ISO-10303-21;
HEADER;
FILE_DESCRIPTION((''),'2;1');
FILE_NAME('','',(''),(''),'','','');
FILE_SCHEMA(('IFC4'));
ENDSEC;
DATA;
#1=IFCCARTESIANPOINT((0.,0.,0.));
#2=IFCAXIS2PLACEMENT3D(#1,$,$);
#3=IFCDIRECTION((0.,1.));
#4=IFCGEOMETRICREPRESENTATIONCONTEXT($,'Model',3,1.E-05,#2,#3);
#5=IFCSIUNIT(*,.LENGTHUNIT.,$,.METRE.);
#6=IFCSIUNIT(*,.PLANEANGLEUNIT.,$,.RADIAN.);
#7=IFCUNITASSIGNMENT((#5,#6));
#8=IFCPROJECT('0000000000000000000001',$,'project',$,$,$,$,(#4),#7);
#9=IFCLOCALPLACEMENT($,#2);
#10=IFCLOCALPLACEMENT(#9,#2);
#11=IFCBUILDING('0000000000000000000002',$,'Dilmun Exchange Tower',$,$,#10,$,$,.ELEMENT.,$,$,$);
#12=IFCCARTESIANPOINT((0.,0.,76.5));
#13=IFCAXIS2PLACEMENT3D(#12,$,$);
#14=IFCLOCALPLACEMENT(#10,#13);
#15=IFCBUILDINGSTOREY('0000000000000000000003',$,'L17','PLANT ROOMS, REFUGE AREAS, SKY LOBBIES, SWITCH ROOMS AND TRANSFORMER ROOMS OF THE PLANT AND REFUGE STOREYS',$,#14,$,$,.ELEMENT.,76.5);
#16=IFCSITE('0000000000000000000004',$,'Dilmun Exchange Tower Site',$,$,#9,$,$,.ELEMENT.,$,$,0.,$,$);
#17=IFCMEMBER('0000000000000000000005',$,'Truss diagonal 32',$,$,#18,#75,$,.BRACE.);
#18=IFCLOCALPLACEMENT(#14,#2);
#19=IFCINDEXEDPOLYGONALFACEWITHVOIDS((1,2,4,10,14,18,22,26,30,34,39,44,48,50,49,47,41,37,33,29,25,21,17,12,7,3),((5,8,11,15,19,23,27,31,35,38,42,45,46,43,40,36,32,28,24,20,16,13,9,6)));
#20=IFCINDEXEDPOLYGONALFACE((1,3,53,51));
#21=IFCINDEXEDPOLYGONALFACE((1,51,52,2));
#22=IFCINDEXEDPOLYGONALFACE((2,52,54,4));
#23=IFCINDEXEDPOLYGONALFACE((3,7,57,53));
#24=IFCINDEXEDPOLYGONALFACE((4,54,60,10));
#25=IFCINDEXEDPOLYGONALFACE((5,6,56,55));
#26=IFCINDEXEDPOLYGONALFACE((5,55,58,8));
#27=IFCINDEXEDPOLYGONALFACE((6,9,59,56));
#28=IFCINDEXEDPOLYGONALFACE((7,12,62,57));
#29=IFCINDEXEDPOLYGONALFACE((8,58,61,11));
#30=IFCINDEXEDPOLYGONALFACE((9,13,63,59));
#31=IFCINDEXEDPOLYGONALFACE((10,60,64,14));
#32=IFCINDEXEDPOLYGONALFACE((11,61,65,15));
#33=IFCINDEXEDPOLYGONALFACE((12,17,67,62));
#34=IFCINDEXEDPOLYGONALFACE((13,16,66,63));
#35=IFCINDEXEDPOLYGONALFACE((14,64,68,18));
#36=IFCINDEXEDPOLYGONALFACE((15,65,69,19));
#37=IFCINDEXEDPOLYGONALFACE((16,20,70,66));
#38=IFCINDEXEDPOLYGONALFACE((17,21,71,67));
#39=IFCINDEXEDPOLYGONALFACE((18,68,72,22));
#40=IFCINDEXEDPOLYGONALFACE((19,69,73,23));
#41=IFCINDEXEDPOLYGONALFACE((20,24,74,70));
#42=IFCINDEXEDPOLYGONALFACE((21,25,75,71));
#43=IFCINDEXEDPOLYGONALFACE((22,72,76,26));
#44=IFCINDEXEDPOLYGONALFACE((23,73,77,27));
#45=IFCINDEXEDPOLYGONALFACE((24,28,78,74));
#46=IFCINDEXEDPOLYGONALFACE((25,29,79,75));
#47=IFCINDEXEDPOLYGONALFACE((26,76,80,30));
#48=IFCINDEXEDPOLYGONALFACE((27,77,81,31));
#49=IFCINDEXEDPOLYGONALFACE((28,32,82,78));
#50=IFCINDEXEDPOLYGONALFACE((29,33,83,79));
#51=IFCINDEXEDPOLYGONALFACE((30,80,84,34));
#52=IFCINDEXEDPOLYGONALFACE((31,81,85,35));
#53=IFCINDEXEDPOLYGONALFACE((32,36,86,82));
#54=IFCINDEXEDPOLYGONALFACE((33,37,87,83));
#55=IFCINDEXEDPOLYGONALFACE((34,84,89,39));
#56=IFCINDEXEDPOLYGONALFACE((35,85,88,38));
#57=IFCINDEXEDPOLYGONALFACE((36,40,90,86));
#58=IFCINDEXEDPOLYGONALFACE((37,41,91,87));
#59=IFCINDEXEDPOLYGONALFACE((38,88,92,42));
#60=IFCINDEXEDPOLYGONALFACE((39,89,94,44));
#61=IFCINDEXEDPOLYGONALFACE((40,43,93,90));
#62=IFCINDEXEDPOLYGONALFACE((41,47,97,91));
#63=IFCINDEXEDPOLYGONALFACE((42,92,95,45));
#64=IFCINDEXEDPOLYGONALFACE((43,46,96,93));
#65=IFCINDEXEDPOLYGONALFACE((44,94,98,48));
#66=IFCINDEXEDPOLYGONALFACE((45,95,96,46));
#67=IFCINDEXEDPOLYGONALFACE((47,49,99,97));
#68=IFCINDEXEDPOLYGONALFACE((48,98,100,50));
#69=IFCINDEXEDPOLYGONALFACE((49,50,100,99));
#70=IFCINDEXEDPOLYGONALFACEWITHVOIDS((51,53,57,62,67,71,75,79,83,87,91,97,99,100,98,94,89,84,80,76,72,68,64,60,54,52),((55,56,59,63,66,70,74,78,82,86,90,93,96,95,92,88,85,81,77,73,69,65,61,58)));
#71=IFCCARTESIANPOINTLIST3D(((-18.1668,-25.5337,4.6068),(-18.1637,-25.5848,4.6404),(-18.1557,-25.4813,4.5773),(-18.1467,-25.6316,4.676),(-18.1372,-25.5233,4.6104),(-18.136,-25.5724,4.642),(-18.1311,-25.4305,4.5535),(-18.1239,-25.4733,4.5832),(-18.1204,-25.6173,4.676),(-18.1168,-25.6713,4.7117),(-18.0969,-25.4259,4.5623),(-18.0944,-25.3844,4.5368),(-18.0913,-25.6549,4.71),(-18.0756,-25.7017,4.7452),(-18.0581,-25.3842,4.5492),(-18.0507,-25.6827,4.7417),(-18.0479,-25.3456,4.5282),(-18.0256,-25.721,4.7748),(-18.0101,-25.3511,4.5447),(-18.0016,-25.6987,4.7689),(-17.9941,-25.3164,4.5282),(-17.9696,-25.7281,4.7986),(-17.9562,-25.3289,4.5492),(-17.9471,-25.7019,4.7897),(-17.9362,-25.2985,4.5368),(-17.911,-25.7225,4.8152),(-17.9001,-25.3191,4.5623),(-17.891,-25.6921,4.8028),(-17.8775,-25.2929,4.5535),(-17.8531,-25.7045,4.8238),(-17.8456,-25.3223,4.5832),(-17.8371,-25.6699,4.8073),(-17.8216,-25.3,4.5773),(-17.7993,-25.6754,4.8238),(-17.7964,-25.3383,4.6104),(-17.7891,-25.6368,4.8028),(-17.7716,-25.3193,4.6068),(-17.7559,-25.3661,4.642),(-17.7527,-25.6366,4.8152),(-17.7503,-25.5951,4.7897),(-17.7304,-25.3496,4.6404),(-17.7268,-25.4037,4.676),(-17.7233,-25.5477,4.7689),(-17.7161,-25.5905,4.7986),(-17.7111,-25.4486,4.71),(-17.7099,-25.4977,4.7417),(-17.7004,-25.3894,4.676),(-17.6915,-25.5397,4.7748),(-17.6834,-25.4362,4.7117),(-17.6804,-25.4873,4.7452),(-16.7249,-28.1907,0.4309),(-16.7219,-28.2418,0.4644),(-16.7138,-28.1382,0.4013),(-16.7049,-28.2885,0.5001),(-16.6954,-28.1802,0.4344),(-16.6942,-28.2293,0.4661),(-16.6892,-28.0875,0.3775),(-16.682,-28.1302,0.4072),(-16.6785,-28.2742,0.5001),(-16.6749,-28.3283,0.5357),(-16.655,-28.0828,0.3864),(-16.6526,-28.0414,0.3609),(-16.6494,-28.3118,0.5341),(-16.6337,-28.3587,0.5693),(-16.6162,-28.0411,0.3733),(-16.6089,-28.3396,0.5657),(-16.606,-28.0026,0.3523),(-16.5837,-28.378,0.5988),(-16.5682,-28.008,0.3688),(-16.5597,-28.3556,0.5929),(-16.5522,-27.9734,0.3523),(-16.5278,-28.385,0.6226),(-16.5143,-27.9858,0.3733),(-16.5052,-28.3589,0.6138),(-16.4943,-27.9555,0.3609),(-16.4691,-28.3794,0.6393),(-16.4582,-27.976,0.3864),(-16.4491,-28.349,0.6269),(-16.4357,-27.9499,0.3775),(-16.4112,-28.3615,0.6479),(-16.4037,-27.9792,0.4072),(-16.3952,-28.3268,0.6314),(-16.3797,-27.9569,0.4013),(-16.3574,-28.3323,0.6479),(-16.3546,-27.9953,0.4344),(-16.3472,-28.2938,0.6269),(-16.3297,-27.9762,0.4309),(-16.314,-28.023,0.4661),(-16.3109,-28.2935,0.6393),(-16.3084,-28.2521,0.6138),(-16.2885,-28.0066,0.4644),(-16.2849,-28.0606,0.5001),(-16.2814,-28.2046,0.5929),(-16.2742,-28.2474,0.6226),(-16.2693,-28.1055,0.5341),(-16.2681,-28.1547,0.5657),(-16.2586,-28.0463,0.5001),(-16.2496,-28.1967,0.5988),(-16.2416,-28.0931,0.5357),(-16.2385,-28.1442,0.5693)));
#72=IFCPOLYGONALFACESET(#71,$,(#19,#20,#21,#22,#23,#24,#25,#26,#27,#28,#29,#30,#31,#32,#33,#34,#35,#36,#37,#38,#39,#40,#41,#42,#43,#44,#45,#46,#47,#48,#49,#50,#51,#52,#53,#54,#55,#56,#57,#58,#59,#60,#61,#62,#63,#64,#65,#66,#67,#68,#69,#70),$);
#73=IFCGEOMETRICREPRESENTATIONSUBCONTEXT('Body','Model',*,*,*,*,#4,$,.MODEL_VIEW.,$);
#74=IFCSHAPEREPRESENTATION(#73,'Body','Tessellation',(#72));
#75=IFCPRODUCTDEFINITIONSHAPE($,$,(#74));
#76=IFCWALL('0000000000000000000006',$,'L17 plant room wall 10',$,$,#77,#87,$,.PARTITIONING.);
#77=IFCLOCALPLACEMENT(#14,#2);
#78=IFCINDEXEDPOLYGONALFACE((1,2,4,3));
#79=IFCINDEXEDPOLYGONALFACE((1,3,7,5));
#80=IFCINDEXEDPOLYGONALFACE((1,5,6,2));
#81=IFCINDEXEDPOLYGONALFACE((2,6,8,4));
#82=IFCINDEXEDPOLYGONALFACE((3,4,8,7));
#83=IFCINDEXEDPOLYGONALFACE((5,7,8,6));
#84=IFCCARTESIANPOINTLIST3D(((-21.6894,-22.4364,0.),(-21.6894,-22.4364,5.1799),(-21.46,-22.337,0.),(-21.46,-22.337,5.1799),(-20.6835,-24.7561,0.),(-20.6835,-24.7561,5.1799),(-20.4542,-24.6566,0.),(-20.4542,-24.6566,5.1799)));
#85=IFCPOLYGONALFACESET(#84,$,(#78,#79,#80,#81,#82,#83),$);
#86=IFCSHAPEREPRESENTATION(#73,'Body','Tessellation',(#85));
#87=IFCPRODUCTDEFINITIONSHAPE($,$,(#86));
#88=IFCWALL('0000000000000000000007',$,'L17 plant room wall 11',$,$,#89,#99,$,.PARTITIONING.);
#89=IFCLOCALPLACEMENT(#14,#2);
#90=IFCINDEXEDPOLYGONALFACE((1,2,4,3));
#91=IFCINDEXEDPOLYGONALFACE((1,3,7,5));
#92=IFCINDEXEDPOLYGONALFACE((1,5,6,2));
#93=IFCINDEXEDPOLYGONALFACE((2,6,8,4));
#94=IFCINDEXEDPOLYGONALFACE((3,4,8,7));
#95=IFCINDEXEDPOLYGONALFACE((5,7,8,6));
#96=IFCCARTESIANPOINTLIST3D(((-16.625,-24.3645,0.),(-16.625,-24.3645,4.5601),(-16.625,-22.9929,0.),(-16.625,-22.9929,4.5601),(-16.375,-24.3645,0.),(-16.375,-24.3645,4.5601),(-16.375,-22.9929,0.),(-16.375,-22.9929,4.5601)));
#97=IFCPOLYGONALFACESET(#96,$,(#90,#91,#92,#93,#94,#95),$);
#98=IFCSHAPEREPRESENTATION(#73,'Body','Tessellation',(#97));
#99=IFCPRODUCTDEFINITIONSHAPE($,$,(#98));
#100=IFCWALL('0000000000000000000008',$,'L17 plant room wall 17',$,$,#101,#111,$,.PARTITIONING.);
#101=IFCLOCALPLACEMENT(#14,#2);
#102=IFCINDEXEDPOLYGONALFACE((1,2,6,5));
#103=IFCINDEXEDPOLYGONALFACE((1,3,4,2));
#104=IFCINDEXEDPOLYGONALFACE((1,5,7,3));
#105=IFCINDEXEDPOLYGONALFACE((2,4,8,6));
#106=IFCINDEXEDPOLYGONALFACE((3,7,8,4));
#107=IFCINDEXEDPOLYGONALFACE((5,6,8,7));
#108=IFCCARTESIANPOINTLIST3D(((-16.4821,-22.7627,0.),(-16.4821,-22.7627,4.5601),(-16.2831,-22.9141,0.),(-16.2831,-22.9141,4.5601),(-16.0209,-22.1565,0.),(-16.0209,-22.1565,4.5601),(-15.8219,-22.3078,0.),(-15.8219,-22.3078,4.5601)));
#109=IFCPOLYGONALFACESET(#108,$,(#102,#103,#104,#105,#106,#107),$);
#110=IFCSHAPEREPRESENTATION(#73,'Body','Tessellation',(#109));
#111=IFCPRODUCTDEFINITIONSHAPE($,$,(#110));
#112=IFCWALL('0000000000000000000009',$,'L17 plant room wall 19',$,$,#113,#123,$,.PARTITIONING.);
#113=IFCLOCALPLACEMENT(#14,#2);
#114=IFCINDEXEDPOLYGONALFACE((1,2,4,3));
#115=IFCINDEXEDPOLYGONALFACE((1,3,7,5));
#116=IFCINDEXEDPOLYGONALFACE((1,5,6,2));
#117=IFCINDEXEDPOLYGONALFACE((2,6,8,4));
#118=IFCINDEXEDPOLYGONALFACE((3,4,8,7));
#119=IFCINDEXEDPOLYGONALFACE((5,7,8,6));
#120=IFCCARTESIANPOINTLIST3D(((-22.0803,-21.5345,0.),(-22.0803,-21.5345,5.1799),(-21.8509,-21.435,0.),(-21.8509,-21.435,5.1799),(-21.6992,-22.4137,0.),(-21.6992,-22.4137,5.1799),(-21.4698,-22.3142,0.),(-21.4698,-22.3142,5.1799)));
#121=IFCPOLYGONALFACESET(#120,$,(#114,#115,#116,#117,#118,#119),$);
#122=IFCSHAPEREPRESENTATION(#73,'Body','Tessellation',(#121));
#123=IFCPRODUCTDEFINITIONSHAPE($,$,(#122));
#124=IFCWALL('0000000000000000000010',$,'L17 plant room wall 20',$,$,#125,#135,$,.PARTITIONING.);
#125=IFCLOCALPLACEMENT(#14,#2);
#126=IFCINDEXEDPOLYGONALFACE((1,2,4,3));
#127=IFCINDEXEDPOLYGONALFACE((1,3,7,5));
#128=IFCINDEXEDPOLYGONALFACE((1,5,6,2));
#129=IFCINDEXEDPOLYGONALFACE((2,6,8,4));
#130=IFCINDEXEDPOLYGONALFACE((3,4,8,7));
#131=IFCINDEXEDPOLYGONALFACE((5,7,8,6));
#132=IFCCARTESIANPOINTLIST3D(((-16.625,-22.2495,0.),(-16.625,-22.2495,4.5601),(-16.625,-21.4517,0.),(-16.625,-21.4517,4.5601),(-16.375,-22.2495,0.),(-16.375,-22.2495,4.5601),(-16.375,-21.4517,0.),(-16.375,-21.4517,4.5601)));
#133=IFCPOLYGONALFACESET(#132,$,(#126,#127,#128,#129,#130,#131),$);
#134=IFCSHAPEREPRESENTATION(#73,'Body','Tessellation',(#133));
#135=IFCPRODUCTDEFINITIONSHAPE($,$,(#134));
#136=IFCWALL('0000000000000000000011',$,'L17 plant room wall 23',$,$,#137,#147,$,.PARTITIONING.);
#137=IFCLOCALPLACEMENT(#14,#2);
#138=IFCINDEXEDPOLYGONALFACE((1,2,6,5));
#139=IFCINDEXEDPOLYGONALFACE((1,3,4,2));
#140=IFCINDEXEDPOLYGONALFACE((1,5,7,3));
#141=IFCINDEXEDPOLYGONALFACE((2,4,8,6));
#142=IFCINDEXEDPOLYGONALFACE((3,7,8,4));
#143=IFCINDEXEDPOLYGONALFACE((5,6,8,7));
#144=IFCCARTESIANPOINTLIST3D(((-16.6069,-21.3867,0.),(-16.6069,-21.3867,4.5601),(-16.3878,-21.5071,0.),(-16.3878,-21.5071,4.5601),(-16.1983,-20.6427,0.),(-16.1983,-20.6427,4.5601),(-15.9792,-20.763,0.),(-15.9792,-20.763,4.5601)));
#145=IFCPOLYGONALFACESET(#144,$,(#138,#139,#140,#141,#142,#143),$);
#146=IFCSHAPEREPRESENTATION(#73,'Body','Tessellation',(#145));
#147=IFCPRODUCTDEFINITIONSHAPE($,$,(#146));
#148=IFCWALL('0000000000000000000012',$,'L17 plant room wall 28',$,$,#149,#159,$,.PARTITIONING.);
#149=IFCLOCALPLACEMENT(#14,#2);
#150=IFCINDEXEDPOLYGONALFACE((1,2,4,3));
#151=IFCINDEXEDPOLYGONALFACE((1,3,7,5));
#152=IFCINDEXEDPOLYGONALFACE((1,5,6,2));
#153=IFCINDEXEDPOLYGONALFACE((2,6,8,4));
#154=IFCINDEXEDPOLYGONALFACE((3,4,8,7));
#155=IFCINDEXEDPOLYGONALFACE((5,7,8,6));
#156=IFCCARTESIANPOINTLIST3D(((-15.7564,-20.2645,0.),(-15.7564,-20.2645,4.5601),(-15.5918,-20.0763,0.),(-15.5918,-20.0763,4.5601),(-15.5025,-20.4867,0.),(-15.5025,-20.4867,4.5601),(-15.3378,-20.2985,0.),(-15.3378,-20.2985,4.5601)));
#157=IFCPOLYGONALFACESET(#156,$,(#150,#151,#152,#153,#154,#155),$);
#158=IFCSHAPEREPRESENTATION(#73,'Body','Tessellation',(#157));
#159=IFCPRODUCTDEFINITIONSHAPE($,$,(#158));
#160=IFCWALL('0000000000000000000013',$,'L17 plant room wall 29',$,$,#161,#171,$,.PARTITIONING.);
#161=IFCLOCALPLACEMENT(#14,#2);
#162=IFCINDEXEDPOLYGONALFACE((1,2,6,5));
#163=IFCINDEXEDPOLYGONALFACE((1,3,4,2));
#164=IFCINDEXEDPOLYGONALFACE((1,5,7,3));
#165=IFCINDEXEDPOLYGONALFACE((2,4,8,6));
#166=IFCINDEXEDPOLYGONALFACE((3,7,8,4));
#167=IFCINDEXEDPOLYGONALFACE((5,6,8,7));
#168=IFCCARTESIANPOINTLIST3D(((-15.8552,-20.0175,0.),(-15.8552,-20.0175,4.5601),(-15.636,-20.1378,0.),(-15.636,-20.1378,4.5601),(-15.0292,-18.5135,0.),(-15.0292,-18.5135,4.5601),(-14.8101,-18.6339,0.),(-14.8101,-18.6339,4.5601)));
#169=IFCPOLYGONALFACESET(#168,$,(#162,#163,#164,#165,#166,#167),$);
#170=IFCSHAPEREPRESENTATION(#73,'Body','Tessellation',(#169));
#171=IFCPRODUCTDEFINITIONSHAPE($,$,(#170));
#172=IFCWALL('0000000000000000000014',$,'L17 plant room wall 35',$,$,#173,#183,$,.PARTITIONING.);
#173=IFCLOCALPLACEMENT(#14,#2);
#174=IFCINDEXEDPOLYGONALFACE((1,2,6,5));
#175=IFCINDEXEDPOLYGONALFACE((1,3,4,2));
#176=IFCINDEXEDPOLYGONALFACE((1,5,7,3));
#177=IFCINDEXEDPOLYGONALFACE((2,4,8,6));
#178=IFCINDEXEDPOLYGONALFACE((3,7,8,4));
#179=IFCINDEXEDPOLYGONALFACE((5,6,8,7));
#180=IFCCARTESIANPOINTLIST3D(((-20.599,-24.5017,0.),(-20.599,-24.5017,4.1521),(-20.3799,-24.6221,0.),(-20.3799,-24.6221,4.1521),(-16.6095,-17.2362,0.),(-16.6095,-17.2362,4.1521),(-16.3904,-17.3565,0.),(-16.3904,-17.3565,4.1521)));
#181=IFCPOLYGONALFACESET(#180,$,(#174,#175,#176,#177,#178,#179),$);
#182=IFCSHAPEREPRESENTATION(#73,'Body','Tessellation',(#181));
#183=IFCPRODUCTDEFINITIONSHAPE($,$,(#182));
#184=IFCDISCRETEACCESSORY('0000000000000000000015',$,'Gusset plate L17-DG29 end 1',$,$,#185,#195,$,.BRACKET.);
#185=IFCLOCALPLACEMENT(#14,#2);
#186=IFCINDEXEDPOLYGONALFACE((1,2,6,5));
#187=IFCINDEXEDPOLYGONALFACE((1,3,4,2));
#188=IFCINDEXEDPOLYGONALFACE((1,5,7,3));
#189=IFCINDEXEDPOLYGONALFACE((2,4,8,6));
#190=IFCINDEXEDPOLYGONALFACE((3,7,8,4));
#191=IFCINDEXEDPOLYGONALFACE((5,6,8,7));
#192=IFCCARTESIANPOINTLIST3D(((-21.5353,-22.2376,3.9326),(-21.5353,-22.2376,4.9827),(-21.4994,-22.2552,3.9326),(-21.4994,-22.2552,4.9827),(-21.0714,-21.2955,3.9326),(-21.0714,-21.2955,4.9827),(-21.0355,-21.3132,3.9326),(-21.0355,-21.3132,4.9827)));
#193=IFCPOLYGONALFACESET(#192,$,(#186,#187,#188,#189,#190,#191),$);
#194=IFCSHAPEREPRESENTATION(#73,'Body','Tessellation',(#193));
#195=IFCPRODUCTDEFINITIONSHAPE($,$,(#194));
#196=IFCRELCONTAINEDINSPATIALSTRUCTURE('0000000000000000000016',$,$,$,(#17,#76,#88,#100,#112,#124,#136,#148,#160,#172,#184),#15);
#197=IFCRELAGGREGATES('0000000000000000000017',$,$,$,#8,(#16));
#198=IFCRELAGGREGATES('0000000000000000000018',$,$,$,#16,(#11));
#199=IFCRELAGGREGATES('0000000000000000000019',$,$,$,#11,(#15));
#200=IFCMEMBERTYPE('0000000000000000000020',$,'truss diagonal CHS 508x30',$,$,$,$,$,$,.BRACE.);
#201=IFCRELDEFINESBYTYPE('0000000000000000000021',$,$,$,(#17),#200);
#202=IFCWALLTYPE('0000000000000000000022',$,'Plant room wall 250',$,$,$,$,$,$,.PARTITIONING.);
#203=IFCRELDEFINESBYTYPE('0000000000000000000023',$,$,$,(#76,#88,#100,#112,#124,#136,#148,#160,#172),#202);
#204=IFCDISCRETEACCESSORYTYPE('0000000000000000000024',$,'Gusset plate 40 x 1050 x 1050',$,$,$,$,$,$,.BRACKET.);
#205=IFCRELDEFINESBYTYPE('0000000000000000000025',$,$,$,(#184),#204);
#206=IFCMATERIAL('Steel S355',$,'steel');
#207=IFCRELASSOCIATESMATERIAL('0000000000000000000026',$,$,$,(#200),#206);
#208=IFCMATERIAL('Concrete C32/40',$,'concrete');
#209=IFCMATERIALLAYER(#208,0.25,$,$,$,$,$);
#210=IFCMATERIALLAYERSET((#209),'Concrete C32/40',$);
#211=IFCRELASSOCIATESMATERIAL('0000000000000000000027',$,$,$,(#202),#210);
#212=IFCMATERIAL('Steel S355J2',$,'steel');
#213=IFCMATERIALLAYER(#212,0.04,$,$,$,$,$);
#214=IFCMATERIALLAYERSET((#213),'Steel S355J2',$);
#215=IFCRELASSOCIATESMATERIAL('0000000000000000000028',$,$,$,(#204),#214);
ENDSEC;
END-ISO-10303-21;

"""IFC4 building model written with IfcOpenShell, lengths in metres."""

from ifc_helpers import new_model, si_unit, direction, frame, frame_2d, origin, origin_2d, place, context, subcontext, project, spatial, rectangle, hollow_circle, extrude, material, layer, layer_set, material_profile, profile_set, type_object, element, save


model = new_model("IFC4")

# Units and contexts
model_context = context("Model", 3, precision=1e-05, world=origin(), true_north=direction((0.0, 1.0)))
body_context = subcontext(model_context, "Body", "Model", "MODEL_VIEW")
ifc_project = project(units=[si_unit("LENGTHUNIT", "METRE"), si_unit("PLANEANGLEUNIT", "RADIAN")], contexts=[model_context])

# Site, building, storey
site_placement = place(None, origin())
site = spatial("IfcSite", under=ifc_project, at=site_placement, Name="Dilmun Exchange Tower Site", CompositionType="ELEMENT", RefElevation=0.0)
building_placement = place(site_placement, origin())
building = spatial("IfcBuilding", under=site, at=building_placement, Name="Dilmun Exchange Tower", CompositionType="ELEMENT")
storey_placement = place(building_placement, frame((0.0, 0.0, 76.5)))
storey = spatial("IfcBuildingStorey", under=building, at=storey_placement, Name="L17", Description="PLANT ROOMS, REFUGE AREAS, SKY LOBBIES, SWITCH ROOMS AND TRANSFORMER ROOMS OF THE PLANT AND REFUGE STOREYS", CompositionType="ELEMENT", Elevation=76.5)

# Shared definitions
ifc_material_1 = material(Name="Steel S355", Category="steel")

# Member
ifc_material_profile_1 = material_profile(ifc_material_1, hollow_circle(Radius=0.2539, WallThickness=0.03, at=origin_2d()), Name="CHS 508x30")
ifc_profile_set_1 = profile_set([ifc_material_profile_1], Name="Steel S355")
member_type = type_object("IfcMemberType", Name="truss diagonal CHS 508x30", PredefinedType="BRACE", material=ifc_profile_set_1)
member_placement = place(storey_placement, frame((-17.9236, -25.5105, 4.676), z_axis=(0.279688, -0.515382, -0.810035), x_axis=(0.878918, 0.476972, 0.0)))
element("IfcMember", 1, at=member_placement, inside=storey, type_object=member_type, Name="Truss diagonal 32", PredefinedType="BRACE", context=body_context, shape_type="SweptSolid", body=[
    extrude(hollow_circle(Radius=0.2539, WallThickness=0.03, at=origin_2d()), origin(), (0.0, 0.0, 1.0), 5.1553),
])

# Walls
ifc_material_2 = material(Name="Concrete C32/40", Category="concrete")
ifc_layer_1 = layer(ifc_material_2, 0.25)
ifc_layer_set_1 = layer_set([ifc_layer_1], Name="Concrete C32/40")
wall_type = type_object("IfcWallType", Name="Plant room wall 250", PredefinedType="PARTITIONING", material=ifc_layer_set_1)
wall_1_placement = place(storey_placement, frame((-21.5747, -22.3867, 0.0), z_axis=(0.0, 0.0, 1.0), x_axis=(0.397843, -0.917453, 0.0)))
element("IfcWall", 2, at=wall_1_placement, inside=storey, type_object=wall_type, Name="L17 plant room wall 10", PredefinedType="PARTITIONING", context=body_context, shape_type="SweptSolid", body=[
    extrude(rectangle(XDim=2.5283, YDim=0.25, at=frame_2d((1.2642, 0.0))), origin(), (0.0, 0.0, 1.0), 5.1799),
])
wall_2_placement = place(storey_placement, frame((-16.5, -24.3645, 0.0), z_axis=(0.0, 0.0, 1.0), x_axis=(0.0, 1.0, 0.0)))
element("IfcWall", 3, at=wall_2_placement, inside=storey, type_object=wall_type, Name="L17 plant room wall 11", PredefinedType="PARTITIONING", context=body_context, shape_type="SweptSolid", body=[
    extrude(rectangle(XDim=1.3716, YDim=0.25, at=frame_2d((0.6858, 0.0))), origin(), (0.0, 0.0, 1.0), 4.5601),
])
wall_3_placement = place(storey_placement, frame((-16.3826, -22.8384, 0.0), z_axis=(0.0, 0.0, 1.0), x_axis=(0.605473, 0.795866, 0.0)))
element("IfcWall", 4, at=wall_3_placement, inside=storey, type_object=wall_type, Name="L17 plant room wall 17", PredefinedType="PARTITIONING", context=body_context, shape_type="SweptSolid", body=[
    extrude(rectangle(XDim=0.7617, YDim=0.25, at=frame_2d((0.3809, 0.0))), origin(), (0.0, 0.0, 1.0), 4.5601),
])
wall_4_placement = place(storey_placement, frame((-21.9656, -21.4849, 0.0), z_axis=(0.0, 0.0, 1.0), x_axis=(0.397729, -0.917503, 0.0)))
element("IfcWall", 5, at=wall_4_placement, inside=storey, type_object=wall_type, Name="L17 plant room wall 19", PredefinedType="PARTITIONING", context=body_context, shape_type="SweptSolid", body=[
    extrude(rectangle(XDim=0.9583, YDim=0.25, at=frame_2d((0.479, 0.0))), origin(), (0.0, 0.0, 1.0), 5.1799),
])
wall_5_placement = place(storey_placement, frame((-16.5, -22.2495, 0.0), z_axis=(0.0, 0.0, 1.0), x_axis=(0.0, 1.0, 0.0)))
element("IfcWall", 6, at=wall_5_placement, inside=storey, type_object=wall_type, Name="L17 plant room wall 20", PredefinedType="PARTITIONING", context=body_context, shape_type="SweptSolid", body=[
    extrude(rectangle(XDim=0.7979, YDim=0.25, at=frame_2d((0.3989, 0.0))), origin(), (0.0, 0.0, 1.0), 4.5601),
])
wall_6_placement = place(storey_placement, frame((-16.4973, -21.4468, 0.0), z_axis=(0.0, 0.0, 1.0), x_axis=(0.481389, 0.876507, 0.0)))
element("IfcWall", 7, at=wall_6_placement, inside=storey, type_object=wall_type, Name="L17 plant room wall 23", PredefinedType="PARTITIONING", context=body_context, shape_type="SweptSolid", body=[
    extrude(rectangle(XDim=0.8489, YDim=0.25, at=frame_2d((0.4243, 0.0))), origin(), (0.0, 0.0, 1.0), 4.5601),
])
wall_7_placement = place(storey_placement, frame((-15.6741, -20.1704, 0.0), z_axis=(0.0, 0.0, 1.0), x_axis=(0.752577, -0.658505, 0.0)))
element("IfcWall", 8, at=wall_7_placement, inside=storey, type_object=wall_type, Name="L17 plant room wall 28", PredefinedType="PARTITIONING", context=body_context, shape_type="SweptSolid", body=[
    extrude(rectangle(XDim=0.3374, YDim=0.25, at=frame_2d((0.1687, 0.0))), origin(), (0.0, 0.0, 1.0), 4.5601),
])
wall_8_placement = place(storey_placement, frame((-15.7456, -20.0776, 0.0), z_axis=(0.0, 0.0, 1.0), x_axis=(0.481372, 0.876516, 0.0)))
element("IfcWall", 9, at=wall_8_placement, inside=storey, type_object=wall_type, Name="L17 plant room wall 29", PredefinedType="PARTITIONING", context=body_context, shape_type="SweptSolid", body=[
    extrude(rectangle(XDim=1.7158, YDim=0.25, at=frame_2d((0.8579, 0.0))), origin(), (0.0, 0.0, 1.0), 4.5601),
])
wall_9_placement = place(storey_placement, frame((-20.4895, -24.562, 0.0), z_axis=(0.0, 0.0, 1.0), x_axis=(0.481308, 0.876552, 0.0)))
element("IfcWall", 10, at=wall_9_placement, inside=storey, type_object=wall_type, Name="L17 plant room wall 35", PredefinedType="PARTITIONING", context=body_context, shape_type="SweptSolid", body=[
    extrude(rectangle(XDim=8.2888, YDim=0.25, at=frame_2d((4.1445, 0.0))), origin(), (0.0, 0.0, 1.0), 4.1521),
])

# Discrete accessory
ifc_material_3 = material(Name="Steel S355J2", Category="steel")
ifc_layer_2 = layer(ifc_material_3, 0.04)
ifc_layer_set_2 = layer_set([ifc_layer_2], Name="Steel S355J2")
discrete_accessory_type = type_object("IfcDiscreteAccessoryType", Name="Gusset plate 40 x 1050 x 1050", PredefinedType="BRACKET", material=ifc_layer_set_2)
for number, where, z_axis, x_axis, name in (
    (11, (-21.2854, -21.7754, 3.9326), (0.0, 0.0, 1.0), (-0.441797, -0.897115, 0.0), "Gusset plate L17-DG29 end 1"),
):
    element("IfcDiscreteAccessory", number, at=place(storey_placement, frame(where, z_axis=z_axis, x_axis=x_axis)), inside=storey, type_object=discrete_accessory_type, Name=name, PredefinedType="BRACKET", context=body_context, shape_type="SweptSolid", body=[
        extrude(rectangle(XDim=1.05, YDim=0.04, at=origin_2d()), origin(), (0.0, 0.0, 1.0), 1.05),
    ])

save(model, "model.ifc")
